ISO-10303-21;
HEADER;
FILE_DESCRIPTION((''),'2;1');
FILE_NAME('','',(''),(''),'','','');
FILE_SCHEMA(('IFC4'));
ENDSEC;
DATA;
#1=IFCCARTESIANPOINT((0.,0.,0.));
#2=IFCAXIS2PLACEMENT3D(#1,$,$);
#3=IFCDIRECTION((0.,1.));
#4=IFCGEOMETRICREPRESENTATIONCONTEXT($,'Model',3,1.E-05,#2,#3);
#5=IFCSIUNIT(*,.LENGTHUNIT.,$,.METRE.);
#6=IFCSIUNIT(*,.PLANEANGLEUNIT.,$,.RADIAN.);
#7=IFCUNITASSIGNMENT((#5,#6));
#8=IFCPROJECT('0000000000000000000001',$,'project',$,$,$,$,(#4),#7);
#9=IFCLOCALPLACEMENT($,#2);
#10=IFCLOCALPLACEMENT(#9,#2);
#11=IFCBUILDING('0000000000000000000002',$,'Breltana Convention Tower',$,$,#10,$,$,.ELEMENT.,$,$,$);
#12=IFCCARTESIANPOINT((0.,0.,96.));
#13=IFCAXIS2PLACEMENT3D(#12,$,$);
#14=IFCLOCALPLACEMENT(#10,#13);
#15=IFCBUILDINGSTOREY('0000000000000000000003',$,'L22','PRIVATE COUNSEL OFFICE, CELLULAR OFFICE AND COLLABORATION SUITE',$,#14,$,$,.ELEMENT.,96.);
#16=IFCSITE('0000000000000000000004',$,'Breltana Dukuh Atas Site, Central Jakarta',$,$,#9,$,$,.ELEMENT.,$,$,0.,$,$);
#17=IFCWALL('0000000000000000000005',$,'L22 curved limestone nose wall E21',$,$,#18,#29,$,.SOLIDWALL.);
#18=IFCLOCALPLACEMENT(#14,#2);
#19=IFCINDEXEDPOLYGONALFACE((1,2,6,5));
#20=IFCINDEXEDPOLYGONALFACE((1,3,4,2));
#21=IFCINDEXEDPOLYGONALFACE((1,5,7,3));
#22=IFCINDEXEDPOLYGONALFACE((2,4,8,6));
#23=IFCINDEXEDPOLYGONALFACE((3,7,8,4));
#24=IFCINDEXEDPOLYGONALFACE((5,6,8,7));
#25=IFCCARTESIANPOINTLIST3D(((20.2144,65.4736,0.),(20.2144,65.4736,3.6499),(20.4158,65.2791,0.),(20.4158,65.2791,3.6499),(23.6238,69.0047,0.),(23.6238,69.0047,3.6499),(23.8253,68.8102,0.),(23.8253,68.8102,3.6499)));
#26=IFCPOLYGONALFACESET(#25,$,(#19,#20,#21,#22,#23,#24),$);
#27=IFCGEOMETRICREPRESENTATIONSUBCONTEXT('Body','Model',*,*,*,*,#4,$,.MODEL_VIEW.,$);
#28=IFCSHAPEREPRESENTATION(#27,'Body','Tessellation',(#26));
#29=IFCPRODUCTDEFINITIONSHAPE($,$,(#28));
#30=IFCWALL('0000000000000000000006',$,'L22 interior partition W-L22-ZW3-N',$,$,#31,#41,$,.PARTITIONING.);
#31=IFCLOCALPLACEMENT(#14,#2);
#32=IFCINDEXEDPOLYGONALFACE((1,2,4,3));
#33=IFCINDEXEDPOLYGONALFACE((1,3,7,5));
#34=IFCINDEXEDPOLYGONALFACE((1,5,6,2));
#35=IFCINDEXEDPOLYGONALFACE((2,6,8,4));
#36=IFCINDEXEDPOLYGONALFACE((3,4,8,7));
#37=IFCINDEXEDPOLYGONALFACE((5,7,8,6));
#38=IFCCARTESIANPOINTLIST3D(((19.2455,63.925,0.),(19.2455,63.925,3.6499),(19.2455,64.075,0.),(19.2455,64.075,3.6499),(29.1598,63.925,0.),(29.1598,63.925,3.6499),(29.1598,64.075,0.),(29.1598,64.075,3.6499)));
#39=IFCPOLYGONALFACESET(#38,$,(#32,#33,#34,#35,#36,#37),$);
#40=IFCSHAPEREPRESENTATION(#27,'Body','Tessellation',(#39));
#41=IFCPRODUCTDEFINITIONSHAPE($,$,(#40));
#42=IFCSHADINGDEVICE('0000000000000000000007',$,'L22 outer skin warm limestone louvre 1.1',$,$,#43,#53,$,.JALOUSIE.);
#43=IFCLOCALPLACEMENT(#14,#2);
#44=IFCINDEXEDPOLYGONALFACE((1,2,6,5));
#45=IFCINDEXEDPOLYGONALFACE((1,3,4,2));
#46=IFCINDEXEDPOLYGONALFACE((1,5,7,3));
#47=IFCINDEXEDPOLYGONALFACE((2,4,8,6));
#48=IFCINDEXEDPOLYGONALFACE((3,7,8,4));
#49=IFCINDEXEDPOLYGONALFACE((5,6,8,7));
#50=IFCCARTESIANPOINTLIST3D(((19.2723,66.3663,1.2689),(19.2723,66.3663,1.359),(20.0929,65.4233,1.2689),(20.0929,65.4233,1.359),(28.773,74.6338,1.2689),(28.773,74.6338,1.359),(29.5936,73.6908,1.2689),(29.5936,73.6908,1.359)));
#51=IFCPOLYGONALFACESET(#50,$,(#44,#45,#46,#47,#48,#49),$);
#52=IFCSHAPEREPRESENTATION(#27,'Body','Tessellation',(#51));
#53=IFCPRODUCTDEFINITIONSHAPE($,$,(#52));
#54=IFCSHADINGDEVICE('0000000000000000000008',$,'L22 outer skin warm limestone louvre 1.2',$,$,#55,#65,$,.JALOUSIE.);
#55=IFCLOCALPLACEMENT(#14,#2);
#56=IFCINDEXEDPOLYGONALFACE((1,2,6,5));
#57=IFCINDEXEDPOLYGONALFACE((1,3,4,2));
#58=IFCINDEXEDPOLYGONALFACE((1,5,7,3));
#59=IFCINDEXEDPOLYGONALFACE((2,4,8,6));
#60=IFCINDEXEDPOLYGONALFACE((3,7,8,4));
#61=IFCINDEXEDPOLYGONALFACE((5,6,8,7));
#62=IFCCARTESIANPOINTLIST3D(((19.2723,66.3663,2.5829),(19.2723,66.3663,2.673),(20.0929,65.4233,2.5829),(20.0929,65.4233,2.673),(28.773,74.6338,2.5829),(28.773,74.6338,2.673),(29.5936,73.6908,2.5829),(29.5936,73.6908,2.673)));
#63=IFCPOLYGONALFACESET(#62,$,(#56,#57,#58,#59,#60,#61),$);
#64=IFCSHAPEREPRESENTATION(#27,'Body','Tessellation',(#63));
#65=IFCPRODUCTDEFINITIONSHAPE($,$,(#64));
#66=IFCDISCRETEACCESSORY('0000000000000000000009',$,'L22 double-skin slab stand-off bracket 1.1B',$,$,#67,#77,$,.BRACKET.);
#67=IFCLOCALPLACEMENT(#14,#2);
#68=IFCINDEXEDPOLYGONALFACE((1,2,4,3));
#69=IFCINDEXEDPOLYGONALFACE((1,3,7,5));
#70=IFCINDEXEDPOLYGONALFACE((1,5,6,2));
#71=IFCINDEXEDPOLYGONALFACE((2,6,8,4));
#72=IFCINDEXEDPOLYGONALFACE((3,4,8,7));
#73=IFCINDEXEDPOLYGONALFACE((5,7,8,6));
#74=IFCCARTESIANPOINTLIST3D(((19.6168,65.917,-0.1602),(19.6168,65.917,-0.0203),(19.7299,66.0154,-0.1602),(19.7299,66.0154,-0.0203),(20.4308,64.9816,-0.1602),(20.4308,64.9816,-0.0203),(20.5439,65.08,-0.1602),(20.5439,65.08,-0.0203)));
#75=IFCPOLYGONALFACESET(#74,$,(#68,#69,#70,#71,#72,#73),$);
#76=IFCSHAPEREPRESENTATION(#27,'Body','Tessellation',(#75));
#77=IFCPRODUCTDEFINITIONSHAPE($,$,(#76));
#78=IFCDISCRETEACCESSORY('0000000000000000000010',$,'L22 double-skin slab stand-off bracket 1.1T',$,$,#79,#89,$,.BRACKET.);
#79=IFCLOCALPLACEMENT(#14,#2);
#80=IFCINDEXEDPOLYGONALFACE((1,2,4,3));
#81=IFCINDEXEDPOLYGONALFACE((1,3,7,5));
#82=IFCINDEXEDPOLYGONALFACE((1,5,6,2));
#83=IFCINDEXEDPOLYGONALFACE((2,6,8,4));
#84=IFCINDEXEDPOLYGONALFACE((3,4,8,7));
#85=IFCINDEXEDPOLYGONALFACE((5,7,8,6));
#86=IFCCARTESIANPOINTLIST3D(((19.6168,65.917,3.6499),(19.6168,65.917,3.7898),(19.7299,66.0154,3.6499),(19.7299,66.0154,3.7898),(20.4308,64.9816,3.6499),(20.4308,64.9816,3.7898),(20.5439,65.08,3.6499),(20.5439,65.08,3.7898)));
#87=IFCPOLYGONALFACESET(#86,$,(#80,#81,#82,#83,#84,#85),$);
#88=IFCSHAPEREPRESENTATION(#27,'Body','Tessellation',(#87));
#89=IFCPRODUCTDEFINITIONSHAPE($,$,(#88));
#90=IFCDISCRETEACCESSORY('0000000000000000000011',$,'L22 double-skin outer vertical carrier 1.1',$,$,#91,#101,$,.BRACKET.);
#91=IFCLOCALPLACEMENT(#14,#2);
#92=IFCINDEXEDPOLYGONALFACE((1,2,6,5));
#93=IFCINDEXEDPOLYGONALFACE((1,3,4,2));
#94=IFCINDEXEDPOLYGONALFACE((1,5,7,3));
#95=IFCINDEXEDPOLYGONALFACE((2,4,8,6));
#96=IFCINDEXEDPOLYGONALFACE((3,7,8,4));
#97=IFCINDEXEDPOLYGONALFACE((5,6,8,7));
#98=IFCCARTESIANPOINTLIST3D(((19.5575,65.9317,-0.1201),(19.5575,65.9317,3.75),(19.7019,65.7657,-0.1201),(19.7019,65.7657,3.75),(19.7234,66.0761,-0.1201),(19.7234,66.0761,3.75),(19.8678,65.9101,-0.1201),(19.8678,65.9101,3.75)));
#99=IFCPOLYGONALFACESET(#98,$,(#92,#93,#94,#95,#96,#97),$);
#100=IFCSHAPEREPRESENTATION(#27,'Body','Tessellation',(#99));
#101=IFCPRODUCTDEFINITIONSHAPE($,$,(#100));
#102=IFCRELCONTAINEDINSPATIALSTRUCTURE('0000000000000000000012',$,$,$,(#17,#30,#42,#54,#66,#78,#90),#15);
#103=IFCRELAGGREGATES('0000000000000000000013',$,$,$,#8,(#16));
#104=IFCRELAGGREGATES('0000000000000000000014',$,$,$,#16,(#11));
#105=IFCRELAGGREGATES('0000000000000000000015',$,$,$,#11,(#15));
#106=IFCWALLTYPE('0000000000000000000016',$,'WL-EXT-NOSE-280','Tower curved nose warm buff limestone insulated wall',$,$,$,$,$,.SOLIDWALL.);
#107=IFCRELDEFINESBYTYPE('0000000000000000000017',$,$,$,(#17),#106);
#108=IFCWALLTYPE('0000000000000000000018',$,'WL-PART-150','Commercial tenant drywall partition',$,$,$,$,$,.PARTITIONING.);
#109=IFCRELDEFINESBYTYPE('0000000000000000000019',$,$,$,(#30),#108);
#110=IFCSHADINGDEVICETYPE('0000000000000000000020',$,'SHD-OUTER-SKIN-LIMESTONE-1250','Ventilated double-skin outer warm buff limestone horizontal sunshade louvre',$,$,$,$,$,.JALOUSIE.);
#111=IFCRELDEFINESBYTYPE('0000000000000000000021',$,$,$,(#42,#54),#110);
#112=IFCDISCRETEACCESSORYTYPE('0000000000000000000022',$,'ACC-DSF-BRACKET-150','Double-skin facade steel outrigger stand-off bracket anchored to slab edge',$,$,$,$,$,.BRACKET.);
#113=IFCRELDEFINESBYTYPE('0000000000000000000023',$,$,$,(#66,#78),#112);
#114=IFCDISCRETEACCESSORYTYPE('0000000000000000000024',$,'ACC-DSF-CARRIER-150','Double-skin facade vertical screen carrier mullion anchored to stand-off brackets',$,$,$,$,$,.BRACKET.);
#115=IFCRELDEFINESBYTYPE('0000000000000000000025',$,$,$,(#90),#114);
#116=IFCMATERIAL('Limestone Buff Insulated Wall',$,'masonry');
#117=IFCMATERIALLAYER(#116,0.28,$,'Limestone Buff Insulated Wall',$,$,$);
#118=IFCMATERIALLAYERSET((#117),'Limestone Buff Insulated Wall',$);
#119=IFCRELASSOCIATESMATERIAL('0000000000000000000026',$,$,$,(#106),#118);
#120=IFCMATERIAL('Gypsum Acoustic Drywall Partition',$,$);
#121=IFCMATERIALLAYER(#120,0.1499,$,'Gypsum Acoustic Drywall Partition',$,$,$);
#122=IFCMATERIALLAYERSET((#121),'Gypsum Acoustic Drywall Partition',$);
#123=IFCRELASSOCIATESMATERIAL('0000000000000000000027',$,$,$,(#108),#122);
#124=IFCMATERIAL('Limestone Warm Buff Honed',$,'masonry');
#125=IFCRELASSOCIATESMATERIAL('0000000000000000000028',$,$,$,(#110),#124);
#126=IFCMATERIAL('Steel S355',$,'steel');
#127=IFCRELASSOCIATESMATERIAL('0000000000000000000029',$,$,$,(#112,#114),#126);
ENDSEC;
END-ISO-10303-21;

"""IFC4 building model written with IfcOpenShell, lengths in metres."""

from ifc_helpers import new_model, si_unit, direction, frame, frame_2d, origin, origin_2d, place, context, subcontext, project, spatial, rectangle, extrude, source, transform, mapped, material, layer, layer_set, material_profile, profile_set, type_object, type_shapes, element, save


model = new_model("IFC4")

# Units and contexts
model_context = context("Model", 3, precision=1e-05, world=origin(), true_north=direction((0.0, 1.0)))
body_context = subcontext(model_context, "Body", "Model", "MODEL_VIEW")
ifc_project = project(units=[si_unit("LENGTHUNIT", "METRE"), si_unit("PLANEANGLEUNIT", "RADIAN")], contexts=[model_context])

# Site, building, storey
site_placement = place(None, origin())
site = spatial("IfcSite", under=ifc_project, at=site_placement, Name="Breltana Dukuh Atas Site, Central Jakarta", CompositionType="ELEMENT", RefElevation=0.0)
building_placement = place(site_placement, origin())
building = spatial("IfcBuilding", under=site, at=building_placement, Name="Breltana Convention Tower", CompositionType="ELEMENT")
storey_placement = place(building_placement, frame((0.0, 0.0, 96.0)))
storey = spatial("IfcBuildingStorey", under=building, at=storey_placement, Name="L22", Description="PRIVATE COUNSEL OFFICE, CELLULAR OFFICE AND COLLABORATION SUITE", CompositionType="ELEMENT", Elevation=96.0)

# Walls
ifc_material_1 = material(Name="Limestone Buff Insulated Wall", Category="masonry")
ifc_layer_1 = layer(ifc_material_1, 0.28, Name="Limestone Buff Insulated Wall")
ifc_layer_set_1 = layer_set([ifc_layer_1], Name="Limestone Buff Insulated Wall")
wall_type_1 = type_object("IfcWallType", Name="WL-EXT-NOSE-280", Description="Tower curved nose warm buff limestone insulated wall", PredefinedType="SOLIDWALL", material=ifc_layer_set_1)
shared_shape_1 = source(origin(), body_context, "Body", "SweptSolid", [
    extrude(rectangle(XDim=4.9084, YDim=0.28, at=frame_2d((2.4541, 0.0))), origin(), (0.0, 0.0, 1.0), 3.6499),
])
wall_1_placement = place(storey_placement, frame((20.3152, 65.3765, 0.0), z_axis=(0.0, 0.0, 1.0), x_axis=(0.694613, 0.719383, 0.0)))
element("IfcWall", 1, at=wall_1_placement, inside=storey, type_object=wall_type_1, Name="L22 curved limestone nose wall E21", PredefinedType="SOLIDWALL", context=body_context, shape_type="MappedRepresentation", body=[
    mapped(shared_shape_1, transform((0.0, 0.0, 0.0), scale=1.0)),
])
ifc_material_2 = material(Name="Gypsum Acoustic Drywall Partition")
ifc_layer_2 = layer(ifc_material_2, 0.1499, Name="Gypsum Acoustic Drywall Partition")
ifc_layer_set_2 = layer_set([ifc_layer_2], Name="Gypsum Acoustic Drywall Partition")
wall_type_2 = type_object("IfcWallType", Name="WL-PART-150", Description="Commercial tenant drywall partition", PredefinedType="PARTITIONING", material=ifc_layer_set_2)
shared_shape_2 = source(origin(), body_context, "Body", "SweptSolid", [
    extrude(rectangle(XDim=9.9143, YDim=0.1499, at=frame_2d((4.957, 0.0))), origin(), (0.0, 0.0, 1.0), 3.6499),
])
wall_2_placement = place(storey_placement, frame((19.2456, 64.0, 0.0), z_axis=(0.0, 0.0, 1.0), x_axis=(1.0, 0.0, 0.0)))
element("IfcWall", 2, at=wall_2_placement, inside=storey, type_object=wall_type_2, Name="L22 interior partition W-L22-ZW3-N", PredefinedType="PARTITIONING", context=body_context, shape_type="MappedRepresentation", body=[
    mapped(shared_shape_2, transform((0.0, 0.0, 0.0), scale=1.0)),
])

# Shading devices
ifc_material_3 = material(Name="Limestone Warm Buff Honed", Category="masonry")
ifc_material_profile_1 = material_profile(ifc_material_3, rectangle(XDim=1.25, YDim=0.0901, at=origin_2d()), Name="STN-LVR-1250X90")
ifc_profile_set_1 = profile_set([ifc_material_profile_1], Name="Limestone Warm Buff Honed")
shading_device_type = type_object("IfcShadingDeviceType", Name="SHD-OUTER-SKIN-LIMESTONE-1250", Description="Ventilated double-skin outer warm buff limestone horizontal sunshade louvre", PredefinedType="JALOUSIE", material=ifc_profile_set_1)
shared_shape_3 = source(origin(), body_context, "Body", "SweptSolid", [
    extrude(rectangle(XDim=1.25, YDim=0.0901, at=origin_2d()), origin(), (0.0, 0.0, 1.0), 12.5942),
])
for number, where, z_axis, x_axis, name in (
    (3, (19.6826, 65.8948, 1.314), (0.754367, 0.656453, 0.0), (-0.656453, 0.754367, 0.0), "L22 outer skin warm limestone louvre 1.1"),
    (4, (19.6826, 65.8948, 2.6279), (0.754367, 0.656453, 0.0), (-0.656453, 0.754367, 0.0), "L22 outer skin warm limestone louvre 1.2"),
):
    element("IfcShadingDevice", number, at=place(storey_placement, frame(where, z_axis=z_axis, x_axis=x_axis)), inside=storey, type_object=shading_device_type, Name=name, PredefinedType="JALOUSIE", context=body_context, shape_type="MappedRepresentation", body=[
        mapped(shared_shape_3, transform((0.0, 0.0, 0.0), scale=1.0)),
    ])

# Discrete accessories
ifc_material_4 = material(Name="Steel S355", Category="steel")
discrete_accessory_type_1 = type_object("IfcDiscreteAccessoryType", Name="ACC-DSF-BRACKET-150", Description="Double-skin facade steel outrigger stand-off bracket anchored to slab edge", PredefinedType="BRACKET", material=ifc_material_4)
shared_shape_4 = source(origin(), body_context, "Body", "SweptSolid", [
    extrude(rectangle(XDim=1.24, YDim=0.1499, at=origin_2d()), origin(), (0.0, 0.0, 1.0), 0.1399),
])
type_shapes(discrete_accessory_type_1, [shared_shape_4])
for number, where, z_axis, x_axis, name in (
    (5, (20.0803, 65.4985, -0.1602), (0.0, 0.0, 1.0), (-0.656454, 0.754366, 0.0), "L22 double-skin slab stand-off bracket 1.1B"),
    (6, (20.0803, 65.4985, 3.6499), (0.0, 0.0, 1.0), (-0.656454, 0.754366, 0.0), "L22 double-skin slab stand-off bracket 1.1T"),
):
    element("IfcDiscreteAccessory", number, at=place(storey_placement, frame(where, z_axis=z_axis, x_axis=x_axis)), inside=storey, type_object=discrete_accessory_type_1, Name=name, PredefinedType="BRACKET", context=body_context, shape_type="MappedRepresentation", body=[
        mapped(shared_shape_4, transform((0.0, 0.0, 0.0), scale=1.0)),
    ])
discrete_accessory_type_2 = type_object("IfcDiscreteAccessoryType", Name="ACC-DSF-CARRIER-150", Description="Double-skin facade vertical screen carrier mullion anchored to stand-off brackets", PredefinedType="BRACKET", material=ifc_material_4)
shared_shape_5 = source(origin(), body_context, "Body", "SweptSolid", [
    extrude(rectangle(XDim=0.22, YDim=0.22, at=origin_2d()), origin(), (0.0, 0.0, 1.0), 3.8701),
])
discrete_accessory_placement = place(storey_placement, frame((19.7126, 65.9209, -0.1201), z_axis=(0.0, 0.0, 1.0), x_axis=(-0.656454, 0.754366, 0.0)))
element("IfcDiscreteAccessory", 7, at=discrete_accessory_placement, inside=storey, type_object=discrete_accessory_type_2, Name="L22 double-skin outer vertical carrier 1.1", PredefinedType="BRACKET", context=body_context, shape_type="MappedRepresentation", body=[
    mapped(shared_shape_5, transform((0.0, 0.0, 0.0), scale=1.0)),
])

save(model, "model.ifc")
